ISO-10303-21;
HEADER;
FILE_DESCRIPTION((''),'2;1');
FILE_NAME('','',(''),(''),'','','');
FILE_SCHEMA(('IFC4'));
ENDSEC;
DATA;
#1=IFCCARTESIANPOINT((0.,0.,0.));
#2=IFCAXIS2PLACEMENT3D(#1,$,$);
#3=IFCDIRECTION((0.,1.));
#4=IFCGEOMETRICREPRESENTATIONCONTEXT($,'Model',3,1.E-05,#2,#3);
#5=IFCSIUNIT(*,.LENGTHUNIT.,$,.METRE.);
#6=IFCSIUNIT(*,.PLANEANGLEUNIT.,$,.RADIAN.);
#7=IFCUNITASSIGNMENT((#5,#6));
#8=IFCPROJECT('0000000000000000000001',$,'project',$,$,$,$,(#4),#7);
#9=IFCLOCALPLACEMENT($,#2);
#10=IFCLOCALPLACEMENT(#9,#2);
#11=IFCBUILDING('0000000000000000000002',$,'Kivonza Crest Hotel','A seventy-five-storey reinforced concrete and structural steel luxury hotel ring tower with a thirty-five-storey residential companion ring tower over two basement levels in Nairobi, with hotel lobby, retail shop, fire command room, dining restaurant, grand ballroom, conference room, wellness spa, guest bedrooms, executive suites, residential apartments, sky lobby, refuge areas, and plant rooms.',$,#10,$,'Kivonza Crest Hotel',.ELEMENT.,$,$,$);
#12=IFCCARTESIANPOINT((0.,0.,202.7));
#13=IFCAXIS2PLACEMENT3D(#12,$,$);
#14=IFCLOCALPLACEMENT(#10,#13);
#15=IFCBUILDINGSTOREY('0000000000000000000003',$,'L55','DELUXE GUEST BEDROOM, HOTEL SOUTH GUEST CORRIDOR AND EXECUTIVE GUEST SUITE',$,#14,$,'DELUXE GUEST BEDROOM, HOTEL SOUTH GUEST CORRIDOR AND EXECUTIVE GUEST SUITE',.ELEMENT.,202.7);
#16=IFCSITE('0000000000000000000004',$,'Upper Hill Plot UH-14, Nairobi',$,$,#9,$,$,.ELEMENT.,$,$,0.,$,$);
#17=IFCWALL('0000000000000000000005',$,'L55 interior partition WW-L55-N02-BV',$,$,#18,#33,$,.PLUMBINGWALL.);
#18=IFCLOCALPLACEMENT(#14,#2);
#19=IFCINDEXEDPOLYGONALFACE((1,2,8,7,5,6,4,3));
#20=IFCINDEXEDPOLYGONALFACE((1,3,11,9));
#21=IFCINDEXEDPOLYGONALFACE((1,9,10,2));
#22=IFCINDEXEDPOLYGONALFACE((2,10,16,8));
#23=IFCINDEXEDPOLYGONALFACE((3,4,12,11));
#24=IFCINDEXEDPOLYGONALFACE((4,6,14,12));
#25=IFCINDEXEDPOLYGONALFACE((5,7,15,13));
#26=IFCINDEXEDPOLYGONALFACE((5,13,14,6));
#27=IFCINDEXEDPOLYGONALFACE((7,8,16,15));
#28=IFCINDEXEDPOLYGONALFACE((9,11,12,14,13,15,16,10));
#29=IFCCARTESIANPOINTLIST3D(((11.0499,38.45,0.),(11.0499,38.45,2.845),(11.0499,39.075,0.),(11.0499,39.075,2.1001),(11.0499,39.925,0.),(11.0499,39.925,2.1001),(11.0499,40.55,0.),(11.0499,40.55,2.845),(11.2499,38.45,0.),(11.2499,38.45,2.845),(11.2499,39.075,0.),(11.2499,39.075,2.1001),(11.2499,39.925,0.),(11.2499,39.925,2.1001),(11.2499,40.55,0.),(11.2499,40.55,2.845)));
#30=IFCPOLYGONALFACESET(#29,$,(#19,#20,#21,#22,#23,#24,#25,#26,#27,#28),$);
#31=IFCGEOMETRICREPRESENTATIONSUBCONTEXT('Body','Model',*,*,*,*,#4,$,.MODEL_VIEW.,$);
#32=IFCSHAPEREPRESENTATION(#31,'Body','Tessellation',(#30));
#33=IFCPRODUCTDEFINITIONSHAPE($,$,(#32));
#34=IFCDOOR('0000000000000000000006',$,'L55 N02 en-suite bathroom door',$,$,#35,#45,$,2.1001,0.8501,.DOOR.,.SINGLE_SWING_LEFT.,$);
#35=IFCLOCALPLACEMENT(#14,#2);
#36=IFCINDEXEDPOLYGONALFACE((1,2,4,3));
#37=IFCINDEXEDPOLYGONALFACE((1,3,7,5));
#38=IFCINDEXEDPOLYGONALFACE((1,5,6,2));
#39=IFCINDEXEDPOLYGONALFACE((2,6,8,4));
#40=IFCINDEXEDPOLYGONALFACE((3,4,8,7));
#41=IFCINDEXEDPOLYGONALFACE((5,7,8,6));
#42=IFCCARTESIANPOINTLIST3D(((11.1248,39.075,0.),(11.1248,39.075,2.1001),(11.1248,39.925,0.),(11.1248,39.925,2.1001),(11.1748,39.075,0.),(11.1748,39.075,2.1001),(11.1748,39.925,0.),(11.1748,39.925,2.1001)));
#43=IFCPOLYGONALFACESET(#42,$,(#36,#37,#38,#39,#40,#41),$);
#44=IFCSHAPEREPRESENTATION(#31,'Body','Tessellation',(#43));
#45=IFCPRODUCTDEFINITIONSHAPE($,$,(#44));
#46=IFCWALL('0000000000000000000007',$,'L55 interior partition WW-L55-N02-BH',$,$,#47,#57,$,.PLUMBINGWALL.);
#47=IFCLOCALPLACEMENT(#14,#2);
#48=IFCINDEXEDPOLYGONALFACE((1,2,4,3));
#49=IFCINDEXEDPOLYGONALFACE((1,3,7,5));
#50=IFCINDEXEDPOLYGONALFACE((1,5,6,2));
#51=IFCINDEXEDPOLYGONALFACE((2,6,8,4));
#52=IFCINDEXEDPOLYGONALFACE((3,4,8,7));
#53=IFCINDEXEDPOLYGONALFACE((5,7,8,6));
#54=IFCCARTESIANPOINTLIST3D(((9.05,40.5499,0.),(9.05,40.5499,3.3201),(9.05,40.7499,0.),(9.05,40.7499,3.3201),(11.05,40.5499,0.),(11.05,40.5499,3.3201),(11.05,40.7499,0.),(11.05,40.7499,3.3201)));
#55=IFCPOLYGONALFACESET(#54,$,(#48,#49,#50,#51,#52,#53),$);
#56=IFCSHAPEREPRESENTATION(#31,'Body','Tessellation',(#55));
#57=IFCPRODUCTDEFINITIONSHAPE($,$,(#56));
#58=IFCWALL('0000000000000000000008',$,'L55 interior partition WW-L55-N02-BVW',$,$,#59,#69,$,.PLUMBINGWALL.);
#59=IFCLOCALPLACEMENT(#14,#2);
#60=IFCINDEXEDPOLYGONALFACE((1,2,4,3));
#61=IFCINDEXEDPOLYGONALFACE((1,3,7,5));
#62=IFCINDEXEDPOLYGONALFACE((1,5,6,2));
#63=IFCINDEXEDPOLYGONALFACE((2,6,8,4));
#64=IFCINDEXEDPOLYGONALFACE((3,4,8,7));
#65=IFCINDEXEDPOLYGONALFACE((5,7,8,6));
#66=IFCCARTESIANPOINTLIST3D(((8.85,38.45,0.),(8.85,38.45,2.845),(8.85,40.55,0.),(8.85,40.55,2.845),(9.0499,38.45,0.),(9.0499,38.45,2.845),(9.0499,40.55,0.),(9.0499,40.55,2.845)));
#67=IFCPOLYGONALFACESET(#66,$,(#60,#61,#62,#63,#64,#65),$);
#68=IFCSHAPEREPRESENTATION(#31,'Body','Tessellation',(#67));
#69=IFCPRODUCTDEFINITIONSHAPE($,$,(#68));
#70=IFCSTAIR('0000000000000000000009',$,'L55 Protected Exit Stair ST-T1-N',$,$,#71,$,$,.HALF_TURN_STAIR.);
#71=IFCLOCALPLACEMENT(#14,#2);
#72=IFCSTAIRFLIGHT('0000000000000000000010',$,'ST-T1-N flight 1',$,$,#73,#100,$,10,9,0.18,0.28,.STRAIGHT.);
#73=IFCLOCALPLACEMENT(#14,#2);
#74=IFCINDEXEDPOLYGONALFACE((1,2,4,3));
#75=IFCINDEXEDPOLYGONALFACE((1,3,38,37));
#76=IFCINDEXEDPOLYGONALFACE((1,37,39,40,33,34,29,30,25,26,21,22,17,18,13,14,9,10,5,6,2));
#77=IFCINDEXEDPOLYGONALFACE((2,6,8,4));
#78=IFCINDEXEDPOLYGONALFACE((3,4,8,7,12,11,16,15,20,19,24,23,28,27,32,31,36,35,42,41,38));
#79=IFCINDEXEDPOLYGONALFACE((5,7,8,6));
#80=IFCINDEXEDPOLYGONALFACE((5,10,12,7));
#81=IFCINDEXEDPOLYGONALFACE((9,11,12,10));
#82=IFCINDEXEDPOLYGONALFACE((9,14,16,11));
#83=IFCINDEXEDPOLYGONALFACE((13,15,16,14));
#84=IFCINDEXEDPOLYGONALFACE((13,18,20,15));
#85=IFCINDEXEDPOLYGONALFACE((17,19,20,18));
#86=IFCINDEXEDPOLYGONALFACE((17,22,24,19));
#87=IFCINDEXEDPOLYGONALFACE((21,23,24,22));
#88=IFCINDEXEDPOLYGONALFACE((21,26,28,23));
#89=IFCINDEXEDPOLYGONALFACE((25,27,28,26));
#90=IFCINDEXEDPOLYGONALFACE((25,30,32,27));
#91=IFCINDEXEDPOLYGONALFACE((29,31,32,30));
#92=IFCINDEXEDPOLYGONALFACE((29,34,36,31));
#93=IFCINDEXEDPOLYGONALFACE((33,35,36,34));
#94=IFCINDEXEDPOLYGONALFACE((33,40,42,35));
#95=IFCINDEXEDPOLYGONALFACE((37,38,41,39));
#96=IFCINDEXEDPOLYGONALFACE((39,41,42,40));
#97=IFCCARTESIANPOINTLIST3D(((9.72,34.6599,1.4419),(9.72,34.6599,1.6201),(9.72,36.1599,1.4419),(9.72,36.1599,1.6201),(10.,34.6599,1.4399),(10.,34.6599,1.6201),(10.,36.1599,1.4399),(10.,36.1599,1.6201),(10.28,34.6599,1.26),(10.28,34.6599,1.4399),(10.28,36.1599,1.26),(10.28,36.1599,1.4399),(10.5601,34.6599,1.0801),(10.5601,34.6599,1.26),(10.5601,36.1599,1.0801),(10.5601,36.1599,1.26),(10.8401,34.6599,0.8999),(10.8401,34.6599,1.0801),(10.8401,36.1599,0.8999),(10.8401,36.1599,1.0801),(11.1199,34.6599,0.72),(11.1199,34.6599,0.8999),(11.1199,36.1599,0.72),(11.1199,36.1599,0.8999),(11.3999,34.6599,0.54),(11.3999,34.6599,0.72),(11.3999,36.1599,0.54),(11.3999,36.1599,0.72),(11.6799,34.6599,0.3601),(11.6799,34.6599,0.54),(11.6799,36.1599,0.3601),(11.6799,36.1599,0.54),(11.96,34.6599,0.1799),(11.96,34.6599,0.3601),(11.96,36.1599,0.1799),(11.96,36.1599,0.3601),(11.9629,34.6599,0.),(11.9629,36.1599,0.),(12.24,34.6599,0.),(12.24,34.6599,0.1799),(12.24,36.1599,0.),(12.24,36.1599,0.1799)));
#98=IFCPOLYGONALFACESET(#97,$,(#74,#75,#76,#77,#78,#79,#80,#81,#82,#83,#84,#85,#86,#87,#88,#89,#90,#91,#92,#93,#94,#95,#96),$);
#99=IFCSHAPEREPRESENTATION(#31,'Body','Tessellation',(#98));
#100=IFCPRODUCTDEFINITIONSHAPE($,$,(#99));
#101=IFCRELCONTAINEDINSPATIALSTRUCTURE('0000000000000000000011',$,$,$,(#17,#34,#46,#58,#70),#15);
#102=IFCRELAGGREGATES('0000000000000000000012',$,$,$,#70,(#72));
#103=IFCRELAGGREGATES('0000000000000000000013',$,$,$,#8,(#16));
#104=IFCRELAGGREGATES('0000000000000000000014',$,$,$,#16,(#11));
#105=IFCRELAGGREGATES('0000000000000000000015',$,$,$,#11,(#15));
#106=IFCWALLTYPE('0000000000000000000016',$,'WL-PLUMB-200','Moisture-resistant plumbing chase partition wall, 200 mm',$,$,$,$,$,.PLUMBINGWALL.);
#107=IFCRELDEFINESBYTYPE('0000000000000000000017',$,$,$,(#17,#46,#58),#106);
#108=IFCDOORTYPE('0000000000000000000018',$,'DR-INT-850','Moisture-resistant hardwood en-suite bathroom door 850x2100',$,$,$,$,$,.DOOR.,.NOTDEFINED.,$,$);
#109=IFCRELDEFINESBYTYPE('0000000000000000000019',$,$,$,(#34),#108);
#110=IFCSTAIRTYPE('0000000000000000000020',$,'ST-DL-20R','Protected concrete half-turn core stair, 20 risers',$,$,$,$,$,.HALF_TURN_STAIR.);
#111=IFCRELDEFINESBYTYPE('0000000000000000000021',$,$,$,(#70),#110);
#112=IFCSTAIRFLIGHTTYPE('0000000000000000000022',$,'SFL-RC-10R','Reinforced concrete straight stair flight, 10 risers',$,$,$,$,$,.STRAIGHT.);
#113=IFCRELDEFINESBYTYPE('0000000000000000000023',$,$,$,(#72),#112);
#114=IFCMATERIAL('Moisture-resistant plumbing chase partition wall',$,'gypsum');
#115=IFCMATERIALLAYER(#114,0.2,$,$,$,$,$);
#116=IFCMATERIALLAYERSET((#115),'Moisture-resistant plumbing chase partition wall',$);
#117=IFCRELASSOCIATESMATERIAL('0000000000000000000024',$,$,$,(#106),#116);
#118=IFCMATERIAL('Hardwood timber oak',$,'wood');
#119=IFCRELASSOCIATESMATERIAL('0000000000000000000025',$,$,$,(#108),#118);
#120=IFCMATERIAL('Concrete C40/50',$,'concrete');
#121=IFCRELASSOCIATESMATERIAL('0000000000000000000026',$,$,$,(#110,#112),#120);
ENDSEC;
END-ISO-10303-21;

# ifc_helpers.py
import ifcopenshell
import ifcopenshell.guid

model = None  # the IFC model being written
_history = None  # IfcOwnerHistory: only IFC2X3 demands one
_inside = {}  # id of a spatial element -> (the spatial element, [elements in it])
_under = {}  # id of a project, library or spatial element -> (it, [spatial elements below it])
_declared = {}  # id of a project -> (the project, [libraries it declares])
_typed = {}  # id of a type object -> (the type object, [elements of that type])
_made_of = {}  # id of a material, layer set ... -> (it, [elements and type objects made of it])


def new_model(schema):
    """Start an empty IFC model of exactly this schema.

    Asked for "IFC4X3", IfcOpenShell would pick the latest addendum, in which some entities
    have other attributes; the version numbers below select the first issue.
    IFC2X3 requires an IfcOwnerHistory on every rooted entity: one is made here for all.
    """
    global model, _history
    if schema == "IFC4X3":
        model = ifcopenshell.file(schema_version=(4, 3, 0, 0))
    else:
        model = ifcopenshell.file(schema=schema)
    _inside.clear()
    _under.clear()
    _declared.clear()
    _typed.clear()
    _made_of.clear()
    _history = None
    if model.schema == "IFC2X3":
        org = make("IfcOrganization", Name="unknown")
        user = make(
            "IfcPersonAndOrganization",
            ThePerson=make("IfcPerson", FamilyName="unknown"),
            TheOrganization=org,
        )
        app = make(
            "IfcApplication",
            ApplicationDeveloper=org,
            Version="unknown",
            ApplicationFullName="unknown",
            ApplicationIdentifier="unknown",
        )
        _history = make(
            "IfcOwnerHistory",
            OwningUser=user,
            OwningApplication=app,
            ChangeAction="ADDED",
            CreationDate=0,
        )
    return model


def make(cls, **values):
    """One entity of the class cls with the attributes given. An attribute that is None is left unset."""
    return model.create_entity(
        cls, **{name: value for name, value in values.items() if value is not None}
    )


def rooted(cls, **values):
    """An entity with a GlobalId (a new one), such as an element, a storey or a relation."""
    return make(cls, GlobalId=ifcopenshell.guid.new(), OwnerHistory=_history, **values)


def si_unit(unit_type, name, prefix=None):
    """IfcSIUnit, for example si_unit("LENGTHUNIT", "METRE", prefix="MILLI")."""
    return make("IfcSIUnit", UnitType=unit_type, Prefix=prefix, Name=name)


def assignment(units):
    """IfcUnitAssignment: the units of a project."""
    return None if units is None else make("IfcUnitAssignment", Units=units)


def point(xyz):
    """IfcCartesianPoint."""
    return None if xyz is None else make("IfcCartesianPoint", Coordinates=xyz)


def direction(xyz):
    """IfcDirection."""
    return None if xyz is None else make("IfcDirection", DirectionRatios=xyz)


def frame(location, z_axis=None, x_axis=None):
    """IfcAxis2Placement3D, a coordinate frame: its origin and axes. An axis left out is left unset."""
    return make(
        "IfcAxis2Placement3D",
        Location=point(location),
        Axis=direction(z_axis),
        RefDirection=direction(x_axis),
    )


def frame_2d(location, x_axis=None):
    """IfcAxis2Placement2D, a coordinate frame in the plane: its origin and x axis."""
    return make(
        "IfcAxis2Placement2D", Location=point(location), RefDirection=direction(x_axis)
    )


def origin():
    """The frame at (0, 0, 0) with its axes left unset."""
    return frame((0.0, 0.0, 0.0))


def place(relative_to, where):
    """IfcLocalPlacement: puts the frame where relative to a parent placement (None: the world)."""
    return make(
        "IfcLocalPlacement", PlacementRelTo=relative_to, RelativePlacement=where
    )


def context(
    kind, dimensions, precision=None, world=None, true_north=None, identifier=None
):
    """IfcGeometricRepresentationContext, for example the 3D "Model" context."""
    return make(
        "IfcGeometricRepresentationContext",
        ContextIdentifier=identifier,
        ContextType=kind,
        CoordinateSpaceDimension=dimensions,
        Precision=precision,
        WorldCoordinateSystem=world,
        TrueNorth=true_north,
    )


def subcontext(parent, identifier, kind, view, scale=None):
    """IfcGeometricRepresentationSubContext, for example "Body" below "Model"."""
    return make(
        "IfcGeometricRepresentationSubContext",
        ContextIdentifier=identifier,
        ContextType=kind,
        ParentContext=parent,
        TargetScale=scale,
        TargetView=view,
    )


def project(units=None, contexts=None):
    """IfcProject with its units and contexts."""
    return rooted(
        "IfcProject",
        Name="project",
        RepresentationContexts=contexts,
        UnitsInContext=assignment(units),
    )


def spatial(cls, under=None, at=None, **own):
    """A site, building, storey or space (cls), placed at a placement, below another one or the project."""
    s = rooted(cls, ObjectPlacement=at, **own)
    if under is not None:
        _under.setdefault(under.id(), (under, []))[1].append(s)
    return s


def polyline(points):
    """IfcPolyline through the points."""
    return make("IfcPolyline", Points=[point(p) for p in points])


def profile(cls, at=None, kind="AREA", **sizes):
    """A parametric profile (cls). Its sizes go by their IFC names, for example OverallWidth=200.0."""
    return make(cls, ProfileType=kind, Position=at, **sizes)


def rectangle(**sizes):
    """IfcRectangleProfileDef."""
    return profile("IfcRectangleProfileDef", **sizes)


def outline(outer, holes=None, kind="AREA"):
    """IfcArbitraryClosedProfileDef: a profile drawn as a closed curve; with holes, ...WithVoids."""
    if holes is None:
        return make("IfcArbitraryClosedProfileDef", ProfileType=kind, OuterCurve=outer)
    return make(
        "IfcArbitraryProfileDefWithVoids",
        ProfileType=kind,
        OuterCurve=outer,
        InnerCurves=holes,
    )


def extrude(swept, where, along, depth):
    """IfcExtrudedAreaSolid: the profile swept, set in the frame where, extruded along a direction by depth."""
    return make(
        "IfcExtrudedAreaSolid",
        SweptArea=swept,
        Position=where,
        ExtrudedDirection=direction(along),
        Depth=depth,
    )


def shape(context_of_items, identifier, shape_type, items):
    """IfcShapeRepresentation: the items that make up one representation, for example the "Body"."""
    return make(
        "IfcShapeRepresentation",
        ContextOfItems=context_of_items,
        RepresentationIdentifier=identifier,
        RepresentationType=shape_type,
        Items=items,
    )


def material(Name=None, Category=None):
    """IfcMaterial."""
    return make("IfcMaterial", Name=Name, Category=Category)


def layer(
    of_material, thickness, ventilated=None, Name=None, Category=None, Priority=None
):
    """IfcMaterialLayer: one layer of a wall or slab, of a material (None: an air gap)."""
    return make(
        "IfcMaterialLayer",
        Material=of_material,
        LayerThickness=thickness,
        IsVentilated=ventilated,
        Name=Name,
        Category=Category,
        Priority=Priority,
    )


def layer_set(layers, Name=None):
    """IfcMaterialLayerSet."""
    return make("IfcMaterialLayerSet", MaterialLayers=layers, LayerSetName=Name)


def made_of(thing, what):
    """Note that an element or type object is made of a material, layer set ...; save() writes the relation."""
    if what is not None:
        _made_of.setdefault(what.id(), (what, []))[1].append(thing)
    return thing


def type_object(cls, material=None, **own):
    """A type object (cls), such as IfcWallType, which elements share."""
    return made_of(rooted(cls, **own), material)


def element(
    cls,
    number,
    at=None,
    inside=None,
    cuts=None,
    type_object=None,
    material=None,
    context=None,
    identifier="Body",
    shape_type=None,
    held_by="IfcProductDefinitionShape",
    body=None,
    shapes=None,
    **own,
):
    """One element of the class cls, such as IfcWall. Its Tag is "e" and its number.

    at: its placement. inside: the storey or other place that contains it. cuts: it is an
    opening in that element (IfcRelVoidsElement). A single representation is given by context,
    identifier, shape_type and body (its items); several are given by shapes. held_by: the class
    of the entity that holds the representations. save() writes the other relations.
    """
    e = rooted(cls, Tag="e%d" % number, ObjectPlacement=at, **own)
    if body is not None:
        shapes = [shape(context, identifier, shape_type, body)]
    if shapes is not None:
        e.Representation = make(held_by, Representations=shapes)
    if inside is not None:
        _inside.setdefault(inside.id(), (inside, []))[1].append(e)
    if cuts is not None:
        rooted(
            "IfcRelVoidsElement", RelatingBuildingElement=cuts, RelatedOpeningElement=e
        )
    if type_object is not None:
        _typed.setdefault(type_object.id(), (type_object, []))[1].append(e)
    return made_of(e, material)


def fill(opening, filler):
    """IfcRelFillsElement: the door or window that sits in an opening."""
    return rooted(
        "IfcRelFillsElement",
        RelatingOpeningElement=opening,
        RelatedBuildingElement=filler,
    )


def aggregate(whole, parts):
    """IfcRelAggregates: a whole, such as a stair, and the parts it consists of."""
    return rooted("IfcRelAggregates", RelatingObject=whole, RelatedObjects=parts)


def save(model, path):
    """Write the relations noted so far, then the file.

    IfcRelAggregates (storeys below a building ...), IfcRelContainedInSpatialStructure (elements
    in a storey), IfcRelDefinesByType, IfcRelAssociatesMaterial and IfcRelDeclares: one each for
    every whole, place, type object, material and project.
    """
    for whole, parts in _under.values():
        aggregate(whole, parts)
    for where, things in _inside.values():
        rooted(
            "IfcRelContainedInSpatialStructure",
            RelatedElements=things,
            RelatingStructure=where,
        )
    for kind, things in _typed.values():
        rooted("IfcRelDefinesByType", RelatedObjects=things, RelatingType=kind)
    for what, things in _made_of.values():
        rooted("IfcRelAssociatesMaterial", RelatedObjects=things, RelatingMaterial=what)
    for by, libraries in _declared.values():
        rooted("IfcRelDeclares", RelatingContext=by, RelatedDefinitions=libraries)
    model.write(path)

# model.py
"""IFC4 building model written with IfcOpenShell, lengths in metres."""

from ifc_helpers import new_model, si_unit, direction, frame, frame_2d, origin, place, context, subcontext, project, spatial, polyline, rectangle, outline, extrude, material, layer, layer_set, type_object, element, fill, aggregate, save


model = new_model("IFC4")

# Units and contexts
model_context = context("Model", 3, precision=1e-05, world=origin(), true_north=direction((0.0, 1.0)))
body_context = subcontext(model_context, "Body", "Model", "MODEL_VIEW")
ifc_project = project(units=[si_unit("LENGTHUNIT", "METRE"), si_unit("PLANEANGLEUNIT", "RADIAN")], contexts=[model_context])

# Site, building, storey
site_placement = place(None, origin())
site = spatial("IfcSite", under=ifc_project, at=site_placement, Name="Upper Hill Plot UH-14, Nairobi", CompositionType="ELEMENT", RefElevation=0.0)
building_placement = place(site_placement, origin())
building = spatial("IfcBuilding", under=site, at=building_placement, Name="Kivonza Crest Hotel", Description="A seventy-five-storey reinforced concrete and structural steel luxury hotel ring tower with a thirty-five-storey residential companion ring tower over two basement levels in Nairobi, with hotel lobby, retail shop, fire command room, dining restaurant, grand ballroom, conference room, wellness spa, guest bedrooms, executive suites, residential apartments, sky lobby, refuge areas, and plant rooms.", LongName="Kivonza Crest Hotel", CompositionType="ELEMENT")
storey_placement = place(building_placement, frame((0.0, 0.0, 202.7)))
storey = spatial("IfcBuildingStorey", under=building, at=storey_placement, Name="L55", Description="DELUXE GUEST BEDROOM, HOTEL SOUTH GUEST CORRIDOR AND EXECUTIVE GUEST SUITE", LongName="DELUXE GUEST BEDROOM, HOTEL SOUTH GUEST CORRIDOR AND EXECUTIVE GUEST SUITE", CompositionType="ELEMENT", Elevation=202.7)

# Shared definitions
ifc_material_1 = material(Name="Hardwood timber oak", Category="wood")

# Wall, opening, door
ifc_material_2 = material(Name="Moisture-resistant plumbing chase partition wall", Category="gypsum")
ifc_layer_1 = layer(ifc_material_2, 0.2)
ifc_layer_set_1 = layer_set([ifc_layer_1], Name="Moisture-resistant plumbing chase partition wall")
wall_type_1 = type_object("IfcWallType", Name="WL-PLUMB-200", Description="Moisture-resistant plumbing chase partition wall, 200 mm", PredefinedType="PLUMBINGWALL", material=ifc_layer_set_1)
wall_1_placement = place(storey_placement, frame((11.1499, 38.45, 0.0), z_axis=(0.0, 0.0, 1.0), x_axis=(0.0, 1.0, 0.0)))
wall_1 = element("IfcWall", 1, at=wall_1_placement, inside=storey, type_object=wall_type_1, Name="L55 interior partition WW-L55-N02-BV", PredefinedType="PLUMBINGWALL", context=body_context, shape_type="SweptSolid", body=[
    extrude(rectangle(XDim=2.1001, YDim=0.2, at=frame_2d((1.05, 0.0))), origin(), (0.0, 0.0, 1.0), 2.845),
])
opening_1_placement = place(wall_1_placement, frame((0.625, 0.0, 0.0)))
opening_1 = element("IfcOpeningElement", 2, at=opening_1_placement, cuts=wall_1, PredefinedType="OPENING", context=body_context, shape_type="SweptSolid", body=[
    extrude(rectangle(XDim=0.8501, YDim=2.1001, at=frame_2d((0.425, 1.05))), frame((0.0, 0.1099, 0.0), z_axis=(0.0, -1.0, 0.0), x_axis=(1.0, 0.0, 0.0)), (0.0, 0.0, 1.0), 0.22),
])
door_type_1 = type_object("IfcDoorType", Name="DR-INT-850", Description="Moisture-resistant hardwood en-suite bathroom door 850x2100", OperationType="NOTDEFINED", PredefinedType="DOOR", material=ifc_material_1)
door_1_placement = place(opening_1_placement, frame((0.8501, 0.0, 0.0), z_axis=(0.0, 0.0, 1.0), x_axis=(-1.0, 0.0, 0.0)))
door_1 = element("IfcDoor", 3, at=door_1_placement, inside=storey, type_object=door_type_1, Name="L55 N02 en-suite bathroom door", OperationType="SINGLE_SWING_LEFT", OverallHeight=2.1001, OverallWidth=0.8501, PredefinedType="DOOR", context=body_context, shape_type="SweptSolid", body=[
    extrude(rectangle(XDim=0.8501, YDim=2.1001, at=frame_2d((0.425, 1.05))), frame((0.0, 0.0249, 0.0), z_axis=(0.0, -1.0, 0.0), x_axis=(1.0, 0.0, 0.0)), (0.0, 0.0, 1.0), 0.05),
])
fill(opening_1, door_1)

# Walls
wall_2_placement = place(storey_placement, frame((9.05, 40.6499, 0.0), z_axis=(0.0, 0.0, 1.0), x_axis=(1.0, 0.0, 0.0)))
element("IfcWall", 4, at=wall_2_placement, inside=storey, type_object=wall_type_1, Name="L55 interior partition WW-L55-N02-BH", PredefinedType="PLUMBINGWALL", context=body_context, shape_type="SweptSolid", body=[
    extrude(rectangle(XDim=2.0, YDim=0.2, at=frame_2d((1.0, 0.0))), origin(), (0.0, 0.0, 1.0), 3.3201),
])
wall_3_placement = place(storey_placement, frame((8.95, 38.45, 0.0), z_axis=(0.0, 0.0, 1.0), x_axis=(0.0, 1.0, 0.0)))
element("IfcWall", 5, at=wall_3_placement, inside=storey, type_object=wall_type_1, Name="L55 interior partition WW-L55-N02-BVW", PredefinedType="PLUMBINGWALL", context=body_context, shape_type="SweptSolid", body=[
    extrude(rectangle(XDim=2.1001, YDim=0.2, at=frame_2d((1.05, 0.0))), origin(), (0.0, 0.0, 1.0), 2.845),
])

# Stair, stair flight
ifc_material_3 = material(Name="Concrete C40/50", Category="concrete")
stair_type = type_object("IfcStairType", Name="ST-DL-20R", Description="Protected concrete half-turn core stair, 20 risers", PredefinedType="HALF_TURN_STAIR", material=ifc_material_3)
stair_placement = place(storey_placement, origin())
stair = element("IfcStair", 6, at=stair_placement, inside=storey, type_object=stair_type, Name="L55 Protected Exit Stair ST-T1-N", PredefinedType="HALF_TURN_STAIR")
stair_flight_type = type_object("IfcStairFlightType", Name="SFL-RC-10R", Description="Reinforced concrete straight stair flight, 10 risers", PredefinedType="STRAIGHT", material=ifc_material_3)
stair_flight_placement = place(storey_placement, frame((12.24, 35.4099, 0.0), z_axis=(0.0, 0.0, 1.0), x_axis=(-1.0, 0.0, 0.0)))
stair_flight = element("IfcStairFlight", 7, at=stair_flight_placement, type_object=stair_flight_type, Name="ST-T1-N flight 1", NumberOfRisers=10, NumberOfTreads=9, PredefinedType="STRAIGHT", RiserHeight=0.18, TreadLength=0.28, context=body_context, shape_type="SweptSolid", body=[
    extrude(outline(polyline([(0.0, 0.0), (0.0, 0.1799), (0.28, 0.1799), (0.28, 0.3601), (0.5601, 0.3601), (0.5601, 0.54), (0.8401, 0.54), (0.8401, 0.72), (1.1201, 0.72), (1.1201, 0.8999), (1.3999, 0.8999), (1.3999, 1.0801), (1.6799, 1.0801), (1.6799, 1.26), (1.96, 1.26), (1.96, 1.4399), (2.24, 1.4399), (2.24, 1.6201), (2.52, 1.6201), (2.52, 1.8), (2.52, 1.4419), (0.2771, 0.0), (0.0, 0.0)])), frame((0.0, 0.75, 0.0), z_axis=(0.0, -1.0, 0.0), x_axis=(1.0, 0.0, 0.0)), (0.0, 0.0, 1.0), 1.5),
])
aggregate(stair, [stair_flight])

save(model, "model.ifc")
